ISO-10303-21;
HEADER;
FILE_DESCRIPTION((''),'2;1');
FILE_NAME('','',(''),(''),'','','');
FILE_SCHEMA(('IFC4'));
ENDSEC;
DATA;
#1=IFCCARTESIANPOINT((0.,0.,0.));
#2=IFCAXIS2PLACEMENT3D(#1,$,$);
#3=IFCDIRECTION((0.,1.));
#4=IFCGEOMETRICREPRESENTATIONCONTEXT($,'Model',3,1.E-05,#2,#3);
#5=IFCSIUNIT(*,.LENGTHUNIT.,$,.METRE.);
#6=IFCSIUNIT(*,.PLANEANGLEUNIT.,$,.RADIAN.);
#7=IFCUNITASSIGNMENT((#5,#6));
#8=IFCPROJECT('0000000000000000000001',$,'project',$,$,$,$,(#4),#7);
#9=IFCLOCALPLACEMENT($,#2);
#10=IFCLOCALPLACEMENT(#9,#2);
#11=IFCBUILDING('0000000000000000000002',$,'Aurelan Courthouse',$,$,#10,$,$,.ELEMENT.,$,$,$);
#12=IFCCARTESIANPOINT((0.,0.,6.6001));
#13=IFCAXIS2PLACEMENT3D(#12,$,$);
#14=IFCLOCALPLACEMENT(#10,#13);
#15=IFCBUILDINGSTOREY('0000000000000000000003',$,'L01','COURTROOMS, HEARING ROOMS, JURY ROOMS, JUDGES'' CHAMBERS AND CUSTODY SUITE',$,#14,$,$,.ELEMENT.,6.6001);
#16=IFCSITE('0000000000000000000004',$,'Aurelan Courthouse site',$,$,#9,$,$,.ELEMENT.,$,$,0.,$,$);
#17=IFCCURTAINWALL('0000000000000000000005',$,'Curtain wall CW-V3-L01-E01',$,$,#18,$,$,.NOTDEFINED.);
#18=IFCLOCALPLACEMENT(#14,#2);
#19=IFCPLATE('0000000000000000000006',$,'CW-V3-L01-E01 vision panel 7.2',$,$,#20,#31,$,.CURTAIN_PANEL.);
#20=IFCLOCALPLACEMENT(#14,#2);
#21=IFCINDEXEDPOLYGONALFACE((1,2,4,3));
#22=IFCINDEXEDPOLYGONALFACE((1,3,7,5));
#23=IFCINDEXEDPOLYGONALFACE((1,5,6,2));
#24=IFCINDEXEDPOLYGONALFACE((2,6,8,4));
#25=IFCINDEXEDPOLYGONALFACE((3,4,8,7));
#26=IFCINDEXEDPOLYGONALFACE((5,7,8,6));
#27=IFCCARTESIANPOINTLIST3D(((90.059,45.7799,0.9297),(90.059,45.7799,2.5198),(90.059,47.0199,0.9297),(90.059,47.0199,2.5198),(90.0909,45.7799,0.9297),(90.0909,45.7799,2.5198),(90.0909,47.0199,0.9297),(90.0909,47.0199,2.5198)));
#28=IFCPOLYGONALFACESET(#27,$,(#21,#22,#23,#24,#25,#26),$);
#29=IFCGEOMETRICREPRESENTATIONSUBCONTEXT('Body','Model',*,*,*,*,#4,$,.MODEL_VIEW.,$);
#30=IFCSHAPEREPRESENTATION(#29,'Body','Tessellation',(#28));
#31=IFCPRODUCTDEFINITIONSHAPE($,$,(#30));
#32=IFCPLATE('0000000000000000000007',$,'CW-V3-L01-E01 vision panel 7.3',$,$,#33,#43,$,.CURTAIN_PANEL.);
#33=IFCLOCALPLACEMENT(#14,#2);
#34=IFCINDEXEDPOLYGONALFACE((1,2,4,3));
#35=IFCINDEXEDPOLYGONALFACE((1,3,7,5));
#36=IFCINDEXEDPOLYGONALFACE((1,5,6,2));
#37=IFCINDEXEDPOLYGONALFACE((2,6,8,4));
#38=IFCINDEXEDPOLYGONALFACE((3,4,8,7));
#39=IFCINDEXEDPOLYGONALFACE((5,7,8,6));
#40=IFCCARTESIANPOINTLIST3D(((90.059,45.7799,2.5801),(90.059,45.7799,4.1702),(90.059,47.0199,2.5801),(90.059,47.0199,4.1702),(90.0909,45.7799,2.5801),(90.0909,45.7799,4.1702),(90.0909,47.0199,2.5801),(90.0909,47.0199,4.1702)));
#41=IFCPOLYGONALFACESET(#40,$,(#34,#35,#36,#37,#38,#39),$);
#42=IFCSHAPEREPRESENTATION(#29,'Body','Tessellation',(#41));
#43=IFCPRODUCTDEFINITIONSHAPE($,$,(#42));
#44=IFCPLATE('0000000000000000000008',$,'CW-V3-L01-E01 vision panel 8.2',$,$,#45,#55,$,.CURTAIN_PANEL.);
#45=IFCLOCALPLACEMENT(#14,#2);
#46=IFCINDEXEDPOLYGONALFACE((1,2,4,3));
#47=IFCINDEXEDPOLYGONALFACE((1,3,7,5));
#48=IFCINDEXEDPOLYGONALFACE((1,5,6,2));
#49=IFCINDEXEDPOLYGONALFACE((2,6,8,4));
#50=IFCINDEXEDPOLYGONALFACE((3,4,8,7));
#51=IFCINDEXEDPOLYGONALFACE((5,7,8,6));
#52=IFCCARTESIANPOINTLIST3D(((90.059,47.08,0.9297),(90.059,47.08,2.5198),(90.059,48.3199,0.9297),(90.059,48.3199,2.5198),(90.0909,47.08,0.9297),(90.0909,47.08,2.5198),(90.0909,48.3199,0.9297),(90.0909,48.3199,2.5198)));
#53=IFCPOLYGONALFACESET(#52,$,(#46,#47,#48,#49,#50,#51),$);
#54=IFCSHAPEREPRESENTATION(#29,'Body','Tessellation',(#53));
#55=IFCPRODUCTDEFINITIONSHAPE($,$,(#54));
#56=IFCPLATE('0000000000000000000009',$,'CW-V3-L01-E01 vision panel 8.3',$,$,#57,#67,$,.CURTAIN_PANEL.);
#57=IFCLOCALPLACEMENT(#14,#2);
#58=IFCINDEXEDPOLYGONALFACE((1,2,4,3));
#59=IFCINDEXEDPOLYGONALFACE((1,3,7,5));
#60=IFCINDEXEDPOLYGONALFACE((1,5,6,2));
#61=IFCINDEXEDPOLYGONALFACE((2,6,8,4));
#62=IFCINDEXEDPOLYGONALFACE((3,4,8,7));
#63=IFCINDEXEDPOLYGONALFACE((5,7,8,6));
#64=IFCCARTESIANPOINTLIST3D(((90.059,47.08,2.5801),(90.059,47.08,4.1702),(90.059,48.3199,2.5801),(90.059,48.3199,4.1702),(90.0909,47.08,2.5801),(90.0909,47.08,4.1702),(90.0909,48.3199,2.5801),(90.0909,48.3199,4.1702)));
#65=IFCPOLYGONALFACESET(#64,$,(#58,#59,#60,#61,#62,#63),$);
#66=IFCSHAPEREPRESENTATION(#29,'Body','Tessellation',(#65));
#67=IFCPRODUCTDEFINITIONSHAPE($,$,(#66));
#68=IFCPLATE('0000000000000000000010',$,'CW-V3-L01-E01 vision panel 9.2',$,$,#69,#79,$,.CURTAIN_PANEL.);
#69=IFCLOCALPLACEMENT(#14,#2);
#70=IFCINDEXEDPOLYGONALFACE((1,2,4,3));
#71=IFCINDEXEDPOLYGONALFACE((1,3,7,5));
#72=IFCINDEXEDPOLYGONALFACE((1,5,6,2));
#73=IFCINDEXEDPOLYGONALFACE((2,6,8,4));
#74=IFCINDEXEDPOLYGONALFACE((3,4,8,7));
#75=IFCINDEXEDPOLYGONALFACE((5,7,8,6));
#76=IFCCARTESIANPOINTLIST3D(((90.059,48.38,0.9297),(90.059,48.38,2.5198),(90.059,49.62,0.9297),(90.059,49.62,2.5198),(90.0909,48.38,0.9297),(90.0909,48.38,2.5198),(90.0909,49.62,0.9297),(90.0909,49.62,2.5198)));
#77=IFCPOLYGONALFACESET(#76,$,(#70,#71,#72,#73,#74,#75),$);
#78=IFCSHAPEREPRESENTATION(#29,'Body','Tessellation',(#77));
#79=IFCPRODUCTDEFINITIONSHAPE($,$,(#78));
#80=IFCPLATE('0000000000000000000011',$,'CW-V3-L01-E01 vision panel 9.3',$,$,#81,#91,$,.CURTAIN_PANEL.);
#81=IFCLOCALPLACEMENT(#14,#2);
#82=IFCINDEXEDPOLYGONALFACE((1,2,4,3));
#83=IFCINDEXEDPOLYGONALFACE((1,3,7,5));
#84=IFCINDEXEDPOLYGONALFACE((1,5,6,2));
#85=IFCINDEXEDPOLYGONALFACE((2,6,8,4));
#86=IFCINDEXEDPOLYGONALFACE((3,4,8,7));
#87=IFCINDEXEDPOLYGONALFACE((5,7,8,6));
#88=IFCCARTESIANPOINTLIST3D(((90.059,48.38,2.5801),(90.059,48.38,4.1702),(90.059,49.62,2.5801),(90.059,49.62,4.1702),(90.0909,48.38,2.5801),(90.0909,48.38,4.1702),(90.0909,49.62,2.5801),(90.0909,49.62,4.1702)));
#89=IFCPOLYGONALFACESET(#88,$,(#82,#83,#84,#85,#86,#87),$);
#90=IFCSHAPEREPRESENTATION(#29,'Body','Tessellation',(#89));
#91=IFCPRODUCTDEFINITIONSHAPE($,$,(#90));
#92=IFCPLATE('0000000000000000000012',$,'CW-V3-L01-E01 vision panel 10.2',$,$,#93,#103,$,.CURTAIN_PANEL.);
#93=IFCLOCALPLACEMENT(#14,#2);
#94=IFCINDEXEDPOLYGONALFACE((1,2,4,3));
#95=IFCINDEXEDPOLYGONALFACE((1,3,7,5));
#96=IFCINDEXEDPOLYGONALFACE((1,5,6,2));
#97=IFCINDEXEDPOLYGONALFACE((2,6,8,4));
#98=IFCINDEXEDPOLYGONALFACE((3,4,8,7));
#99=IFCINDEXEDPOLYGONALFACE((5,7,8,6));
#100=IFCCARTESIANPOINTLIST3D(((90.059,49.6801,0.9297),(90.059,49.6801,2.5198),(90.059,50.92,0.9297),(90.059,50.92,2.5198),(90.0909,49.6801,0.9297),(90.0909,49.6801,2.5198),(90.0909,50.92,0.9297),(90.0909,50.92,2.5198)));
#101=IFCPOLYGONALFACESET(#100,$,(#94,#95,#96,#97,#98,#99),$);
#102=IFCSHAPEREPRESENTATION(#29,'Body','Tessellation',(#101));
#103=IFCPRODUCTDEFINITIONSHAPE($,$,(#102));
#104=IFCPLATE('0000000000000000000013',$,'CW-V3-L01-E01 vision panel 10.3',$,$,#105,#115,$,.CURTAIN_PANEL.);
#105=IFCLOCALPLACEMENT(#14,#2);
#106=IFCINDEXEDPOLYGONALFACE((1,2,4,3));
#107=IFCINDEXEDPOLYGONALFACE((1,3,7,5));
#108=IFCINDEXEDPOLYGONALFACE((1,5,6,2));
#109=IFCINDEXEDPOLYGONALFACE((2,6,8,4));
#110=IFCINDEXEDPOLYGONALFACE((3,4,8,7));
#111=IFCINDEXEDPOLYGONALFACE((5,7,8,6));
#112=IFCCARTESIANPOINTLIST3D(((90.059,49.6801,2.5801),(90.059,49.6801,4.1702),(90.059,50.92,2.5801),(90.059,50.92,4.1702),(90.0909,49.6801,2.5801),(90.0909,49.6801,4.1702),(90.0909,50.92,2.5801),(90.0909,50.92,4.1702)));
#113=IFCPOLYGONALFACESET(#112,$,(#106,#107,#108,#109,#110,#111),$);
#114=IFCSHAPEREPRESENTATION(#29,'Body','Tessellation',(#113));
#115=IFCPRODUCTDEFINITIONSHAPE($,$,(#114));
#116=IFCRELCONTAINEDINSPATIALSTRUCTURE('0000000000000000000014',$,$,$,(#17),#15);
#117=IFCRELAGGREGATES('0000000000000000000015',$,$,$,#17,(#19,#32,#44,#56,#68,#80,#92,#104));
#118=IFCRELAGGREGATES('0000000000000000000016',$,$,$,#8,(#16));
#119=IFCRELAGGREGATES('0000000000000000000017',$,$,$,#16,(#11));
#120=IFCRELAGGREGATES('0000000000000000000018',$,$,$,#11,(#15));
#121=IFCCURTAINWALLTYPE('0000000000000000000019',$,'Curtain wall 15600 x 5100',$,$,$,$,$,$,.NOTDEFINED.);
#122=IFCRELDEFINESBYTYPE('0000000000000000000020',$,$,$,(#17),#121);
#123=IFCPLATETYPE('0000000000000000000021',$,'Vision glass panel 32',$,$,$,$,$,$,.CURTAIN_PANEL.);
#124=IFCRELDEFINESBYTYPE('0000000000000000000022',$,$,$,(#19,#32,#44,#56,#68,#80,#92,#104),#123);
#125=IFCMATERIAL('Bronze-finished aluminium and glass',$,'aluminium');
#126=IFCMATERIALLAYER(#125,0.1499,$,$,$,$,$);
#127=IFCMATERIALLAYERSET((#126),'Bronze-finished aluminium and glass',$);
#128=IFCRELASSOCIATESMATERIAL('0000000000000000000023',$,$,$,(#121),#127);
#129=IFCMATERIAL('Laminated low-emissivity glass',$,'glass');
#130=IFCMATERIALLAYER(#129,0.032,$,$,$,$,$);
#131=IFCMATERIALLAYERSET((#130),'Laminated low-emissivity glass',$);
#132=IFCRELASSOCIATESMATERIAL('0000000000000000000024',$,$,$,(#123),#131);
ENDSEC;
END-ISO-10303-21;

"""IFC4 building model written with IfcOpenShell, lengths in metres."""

from ifc_helpers import new_model, si_unit, direction, frame, origin, origin_2d, place, context, subcontext, project, spatial, rectangle, extrude, material, layer, layer_set, type_object, element, aggregate, save


model = new_model("IFC4")

# Units and contexts
model_context = context("Model", 3, precision=1e-05, world=origin(), true_north=direction((0.0, 1.0)))
body_context = subcontext(model_context, "Body", "Model", "MODEL_VIEW")
ifc_project = project(units=[si_unit("LENGTHUNIT", "METRE"), si_unit("PLANEANGLEUNIT", "RADIAN")], contexts=[model_context])

# Site, building, storey
site_placement = place(None, origin())
site = spatial("IfcSite", under=ifc_project, at=site_placement, Name="Aurelan Courthouse site", CompositionType="ELEMENT", RefElevation=0.0)
building_placement = place(site_placement, origin())
building = spatial("IfcBuilding", under=site, at=building_placement, Name="Aurelan Courthouse", CompositionType="ELEMENT")
storey_placement = place(building_placement, frame((0.0, 0.0, 6.6001)))
storey = spatial("IfcBuildingStorey", under=building, at=storey_placement, Name="L01", Description="COURTROOMS, HEARING ROOMS, JURY ROOMS, JUDGES' CHAMBERS AND CUSTODY SUITE", CompositionType="ELEMENT", Elevation=6.6001)

# Curtain wall, plates
ifc_material_1 = material(Name="Bronze-finished aluminium and glass", Category="aluminium")
ifc_layer_1 = layer(ifc_material_1, 0.1499)
ifc_layer_set_1 = layer_set([ifc_layer_1], Name="Bronze-finished aluminium and glass")
curtain_wall_type = type_object("IfcCurtainWallType", Name="Curtain wall 15600 x 5100", PredefinedType="NOTDEFINED", material=ifc_layer_set_1)
curtain_wall_placement = place(storey_placement, origin())
curtain_wall = element("IfcCurtainWall", 1, at=curtain_wall_placement, inside=storey, type_object=curtain_wall_type, Name="Curtain wall CW-V3-L01-E01", PredefinedType="NOTDEFINED")
ifc_material_2 = material(Name="Laminated low-emissivity glass", Category="glass")
ifc_layer_2 = layer(ifc_material_2, 0.032)
ifc_layer_set_2 = layer_set([ifc_layer_2], Name="Laminated low-emissivity glass")
plate_type_1 = type_object("IfcPlateType", Name="Vision glass panel 32", PredefinedType="CURTAIN_PANEL", material=ifc_layer_set_2)
plate_1_placement = place(storey_placement, frame((90.075, 46.3999, 0.9297), z_axis=(0.0, 0.0, 1.0), x_axis=(0.0, 1.0, 0.0)))
plate_1 = element("IfcPlate", 2, at=plate_1_placement, type_object=plate_type_1, Name="CW-V3-L01-E01 vision panel 7.2", PredefinedType="CURTAIN_PANEL", context=body_context, shape_type="SweptSolid", body=[
    extrude(rectangle(XDim=1.24, YDim=0.032, at=origin_2d()), origin(), (0.0, 0.0, 1.0), 1.5901),
])
plate_2_placement = place(storey_placement, frame((90.075, 46.3999, 2.5801), z_axis=(0.0, 0.0, 1.0), x_axis=(0.0, 1.0, 0.0)))
plate_2 = element("IfcPlate", 3, at=plate_2_placement, type_object=plate_type_1, Name="CW-V3-L01-E01 vision panel 7.3", PredefinedType="CURTAIN_PANEL", context=body_context, shape_type="SweptSolid", body=[
    extrude(rectangle(XDim=1.24, YDim=0.032, at=origin_2d()), origin(), (0.0, 0.0, 1.0), 1.5901),
])
plate_3_placement = place(storey_placement, frame((90.075, 47.7, 0.9297), z_axis=(0.0, 0.0, 1.0), x_axis=(0.0, 1.0, 0.0)))
plate_3 = element("IfcPlate", 4, at=plate_3_placement, type_object=plate_type_1, Name="CW-V3-L01-E01 vision panel 8.2", PredefinedType="CURTAIN_PANEL", context=body_context, shape_type="SweptSolid", body=[
    extrude(rectangle(XDim=1.24, YDim=0.032, at=origin_2d()), origin(), (0.0, 0.0, 1.0), 1.5901),
])
plate_4_placement = place(storey_placement, frame((90.075, 47.7, 2.5801), z_axis=(0.0, 0.0, 1.0), x_axis=(0.0, 1.0, 0.0)))
plate_4 = element("IfcPlate", 5, at=plate_4_placement, type_object=plate_type_1, Name="CW-V3-L01-E01 vision panel 8.3", PredefinedType="CURTAIN_PANEL", context=body_context, shape_type="SweptSolid", body=[
    extrude(rectangle(XDim=1.24, YDim=0.032, at=origin_2d()), origin(), (0.0, 0.0, 1.0), 1.5901),
])
plate_5_placement = place(storey_placement, frame((90.075, 49.0, 0.9297), z_axis=(0.0, 0.0, 1.0), x_axis=(0.0, 1.0, 0.0)))
plate_5 = element("IfcPlate", 6, at=plate_5_placement, type_object=plate_type_1, Name="CW-V3-L01-E01 vision panel 9.2", PredefinedType="CURTAIN_PANEL", context=body_context, shape_type="SweptSolid", body=[
    extrude(rectangle(XDim=1.24, YDim=0.032, at=origin_2d()), origin(), (0.0, 0.0, 1.0), 1.5901),
])
plate_6_placement = place(storey_placement, frame((90.075, 49.0, 2.5801), z_axis=(0.0, 0.0, 1.0), x_axis=(0.0, 1.0, 0.0)))
plate_6 = element("IfcPlate", 7, at=plate_6_placement, type_object=plate_type_1, Name="CW-V3-L01-E01 vision panel 9.3", PredefinedType="CURTAIN_PANEL", context=body_context, shape_type="SweptSolid", body=[
    extrude(rectangle(XDim=1.24, YDim=0.032, at=origin_2d()), origin(), (0.0, 0.0, 1.0), 1.5901),
])
plate_7_placement = place(storey_placement, frame((90.075, 50.3, 0.9297), z_axis=(0.0, 0.0, 1.0), x_axis=(0.0, 1.0, 0.0)))
plate_7 = element("IfcPlate", 8, at=plate_7_placement, type_object=plate_type_1, Name="CW-V3-L01-E01 vision panel 10.2", PredefinedType="CURTAIN_PANEL", context=body_context, shape_type="SweptSolid", body=[
    extrude(rectangle(XDim=1.24, YDim=0.032, at=origin_2d()), origin(), (0.0, 0.0, 1.0), 1.5901),
])
plate_8_placement = place(storey_placement, frame((90.075, 50.3, 2.5801), z_axis=(0.0, 0.0, 1.0), x_axis=(0.0, 1.0, 0.0)))
plate_8 = element("IfcPlate", 9, at=plate_8_placement, type_object=plate_type_1, Name="CW-V3-L01-E01 vision panel 10.3", PredefinedType="CURTAIN_PANEL", context=body_context, shape_type="SweptSolid", body=[
    extrude(rectangle(XDim=1.24, YDim=0.032, at=origin_2d()), origin(), (0.0, 0.0, 1.0), 1.5901),
])
aggregate(curtain_wall, [plate_1, plate_2, plate_3, plate_4, plate_5, plate_6, plate_7, plate_8])

save(model, "model.ifc")
